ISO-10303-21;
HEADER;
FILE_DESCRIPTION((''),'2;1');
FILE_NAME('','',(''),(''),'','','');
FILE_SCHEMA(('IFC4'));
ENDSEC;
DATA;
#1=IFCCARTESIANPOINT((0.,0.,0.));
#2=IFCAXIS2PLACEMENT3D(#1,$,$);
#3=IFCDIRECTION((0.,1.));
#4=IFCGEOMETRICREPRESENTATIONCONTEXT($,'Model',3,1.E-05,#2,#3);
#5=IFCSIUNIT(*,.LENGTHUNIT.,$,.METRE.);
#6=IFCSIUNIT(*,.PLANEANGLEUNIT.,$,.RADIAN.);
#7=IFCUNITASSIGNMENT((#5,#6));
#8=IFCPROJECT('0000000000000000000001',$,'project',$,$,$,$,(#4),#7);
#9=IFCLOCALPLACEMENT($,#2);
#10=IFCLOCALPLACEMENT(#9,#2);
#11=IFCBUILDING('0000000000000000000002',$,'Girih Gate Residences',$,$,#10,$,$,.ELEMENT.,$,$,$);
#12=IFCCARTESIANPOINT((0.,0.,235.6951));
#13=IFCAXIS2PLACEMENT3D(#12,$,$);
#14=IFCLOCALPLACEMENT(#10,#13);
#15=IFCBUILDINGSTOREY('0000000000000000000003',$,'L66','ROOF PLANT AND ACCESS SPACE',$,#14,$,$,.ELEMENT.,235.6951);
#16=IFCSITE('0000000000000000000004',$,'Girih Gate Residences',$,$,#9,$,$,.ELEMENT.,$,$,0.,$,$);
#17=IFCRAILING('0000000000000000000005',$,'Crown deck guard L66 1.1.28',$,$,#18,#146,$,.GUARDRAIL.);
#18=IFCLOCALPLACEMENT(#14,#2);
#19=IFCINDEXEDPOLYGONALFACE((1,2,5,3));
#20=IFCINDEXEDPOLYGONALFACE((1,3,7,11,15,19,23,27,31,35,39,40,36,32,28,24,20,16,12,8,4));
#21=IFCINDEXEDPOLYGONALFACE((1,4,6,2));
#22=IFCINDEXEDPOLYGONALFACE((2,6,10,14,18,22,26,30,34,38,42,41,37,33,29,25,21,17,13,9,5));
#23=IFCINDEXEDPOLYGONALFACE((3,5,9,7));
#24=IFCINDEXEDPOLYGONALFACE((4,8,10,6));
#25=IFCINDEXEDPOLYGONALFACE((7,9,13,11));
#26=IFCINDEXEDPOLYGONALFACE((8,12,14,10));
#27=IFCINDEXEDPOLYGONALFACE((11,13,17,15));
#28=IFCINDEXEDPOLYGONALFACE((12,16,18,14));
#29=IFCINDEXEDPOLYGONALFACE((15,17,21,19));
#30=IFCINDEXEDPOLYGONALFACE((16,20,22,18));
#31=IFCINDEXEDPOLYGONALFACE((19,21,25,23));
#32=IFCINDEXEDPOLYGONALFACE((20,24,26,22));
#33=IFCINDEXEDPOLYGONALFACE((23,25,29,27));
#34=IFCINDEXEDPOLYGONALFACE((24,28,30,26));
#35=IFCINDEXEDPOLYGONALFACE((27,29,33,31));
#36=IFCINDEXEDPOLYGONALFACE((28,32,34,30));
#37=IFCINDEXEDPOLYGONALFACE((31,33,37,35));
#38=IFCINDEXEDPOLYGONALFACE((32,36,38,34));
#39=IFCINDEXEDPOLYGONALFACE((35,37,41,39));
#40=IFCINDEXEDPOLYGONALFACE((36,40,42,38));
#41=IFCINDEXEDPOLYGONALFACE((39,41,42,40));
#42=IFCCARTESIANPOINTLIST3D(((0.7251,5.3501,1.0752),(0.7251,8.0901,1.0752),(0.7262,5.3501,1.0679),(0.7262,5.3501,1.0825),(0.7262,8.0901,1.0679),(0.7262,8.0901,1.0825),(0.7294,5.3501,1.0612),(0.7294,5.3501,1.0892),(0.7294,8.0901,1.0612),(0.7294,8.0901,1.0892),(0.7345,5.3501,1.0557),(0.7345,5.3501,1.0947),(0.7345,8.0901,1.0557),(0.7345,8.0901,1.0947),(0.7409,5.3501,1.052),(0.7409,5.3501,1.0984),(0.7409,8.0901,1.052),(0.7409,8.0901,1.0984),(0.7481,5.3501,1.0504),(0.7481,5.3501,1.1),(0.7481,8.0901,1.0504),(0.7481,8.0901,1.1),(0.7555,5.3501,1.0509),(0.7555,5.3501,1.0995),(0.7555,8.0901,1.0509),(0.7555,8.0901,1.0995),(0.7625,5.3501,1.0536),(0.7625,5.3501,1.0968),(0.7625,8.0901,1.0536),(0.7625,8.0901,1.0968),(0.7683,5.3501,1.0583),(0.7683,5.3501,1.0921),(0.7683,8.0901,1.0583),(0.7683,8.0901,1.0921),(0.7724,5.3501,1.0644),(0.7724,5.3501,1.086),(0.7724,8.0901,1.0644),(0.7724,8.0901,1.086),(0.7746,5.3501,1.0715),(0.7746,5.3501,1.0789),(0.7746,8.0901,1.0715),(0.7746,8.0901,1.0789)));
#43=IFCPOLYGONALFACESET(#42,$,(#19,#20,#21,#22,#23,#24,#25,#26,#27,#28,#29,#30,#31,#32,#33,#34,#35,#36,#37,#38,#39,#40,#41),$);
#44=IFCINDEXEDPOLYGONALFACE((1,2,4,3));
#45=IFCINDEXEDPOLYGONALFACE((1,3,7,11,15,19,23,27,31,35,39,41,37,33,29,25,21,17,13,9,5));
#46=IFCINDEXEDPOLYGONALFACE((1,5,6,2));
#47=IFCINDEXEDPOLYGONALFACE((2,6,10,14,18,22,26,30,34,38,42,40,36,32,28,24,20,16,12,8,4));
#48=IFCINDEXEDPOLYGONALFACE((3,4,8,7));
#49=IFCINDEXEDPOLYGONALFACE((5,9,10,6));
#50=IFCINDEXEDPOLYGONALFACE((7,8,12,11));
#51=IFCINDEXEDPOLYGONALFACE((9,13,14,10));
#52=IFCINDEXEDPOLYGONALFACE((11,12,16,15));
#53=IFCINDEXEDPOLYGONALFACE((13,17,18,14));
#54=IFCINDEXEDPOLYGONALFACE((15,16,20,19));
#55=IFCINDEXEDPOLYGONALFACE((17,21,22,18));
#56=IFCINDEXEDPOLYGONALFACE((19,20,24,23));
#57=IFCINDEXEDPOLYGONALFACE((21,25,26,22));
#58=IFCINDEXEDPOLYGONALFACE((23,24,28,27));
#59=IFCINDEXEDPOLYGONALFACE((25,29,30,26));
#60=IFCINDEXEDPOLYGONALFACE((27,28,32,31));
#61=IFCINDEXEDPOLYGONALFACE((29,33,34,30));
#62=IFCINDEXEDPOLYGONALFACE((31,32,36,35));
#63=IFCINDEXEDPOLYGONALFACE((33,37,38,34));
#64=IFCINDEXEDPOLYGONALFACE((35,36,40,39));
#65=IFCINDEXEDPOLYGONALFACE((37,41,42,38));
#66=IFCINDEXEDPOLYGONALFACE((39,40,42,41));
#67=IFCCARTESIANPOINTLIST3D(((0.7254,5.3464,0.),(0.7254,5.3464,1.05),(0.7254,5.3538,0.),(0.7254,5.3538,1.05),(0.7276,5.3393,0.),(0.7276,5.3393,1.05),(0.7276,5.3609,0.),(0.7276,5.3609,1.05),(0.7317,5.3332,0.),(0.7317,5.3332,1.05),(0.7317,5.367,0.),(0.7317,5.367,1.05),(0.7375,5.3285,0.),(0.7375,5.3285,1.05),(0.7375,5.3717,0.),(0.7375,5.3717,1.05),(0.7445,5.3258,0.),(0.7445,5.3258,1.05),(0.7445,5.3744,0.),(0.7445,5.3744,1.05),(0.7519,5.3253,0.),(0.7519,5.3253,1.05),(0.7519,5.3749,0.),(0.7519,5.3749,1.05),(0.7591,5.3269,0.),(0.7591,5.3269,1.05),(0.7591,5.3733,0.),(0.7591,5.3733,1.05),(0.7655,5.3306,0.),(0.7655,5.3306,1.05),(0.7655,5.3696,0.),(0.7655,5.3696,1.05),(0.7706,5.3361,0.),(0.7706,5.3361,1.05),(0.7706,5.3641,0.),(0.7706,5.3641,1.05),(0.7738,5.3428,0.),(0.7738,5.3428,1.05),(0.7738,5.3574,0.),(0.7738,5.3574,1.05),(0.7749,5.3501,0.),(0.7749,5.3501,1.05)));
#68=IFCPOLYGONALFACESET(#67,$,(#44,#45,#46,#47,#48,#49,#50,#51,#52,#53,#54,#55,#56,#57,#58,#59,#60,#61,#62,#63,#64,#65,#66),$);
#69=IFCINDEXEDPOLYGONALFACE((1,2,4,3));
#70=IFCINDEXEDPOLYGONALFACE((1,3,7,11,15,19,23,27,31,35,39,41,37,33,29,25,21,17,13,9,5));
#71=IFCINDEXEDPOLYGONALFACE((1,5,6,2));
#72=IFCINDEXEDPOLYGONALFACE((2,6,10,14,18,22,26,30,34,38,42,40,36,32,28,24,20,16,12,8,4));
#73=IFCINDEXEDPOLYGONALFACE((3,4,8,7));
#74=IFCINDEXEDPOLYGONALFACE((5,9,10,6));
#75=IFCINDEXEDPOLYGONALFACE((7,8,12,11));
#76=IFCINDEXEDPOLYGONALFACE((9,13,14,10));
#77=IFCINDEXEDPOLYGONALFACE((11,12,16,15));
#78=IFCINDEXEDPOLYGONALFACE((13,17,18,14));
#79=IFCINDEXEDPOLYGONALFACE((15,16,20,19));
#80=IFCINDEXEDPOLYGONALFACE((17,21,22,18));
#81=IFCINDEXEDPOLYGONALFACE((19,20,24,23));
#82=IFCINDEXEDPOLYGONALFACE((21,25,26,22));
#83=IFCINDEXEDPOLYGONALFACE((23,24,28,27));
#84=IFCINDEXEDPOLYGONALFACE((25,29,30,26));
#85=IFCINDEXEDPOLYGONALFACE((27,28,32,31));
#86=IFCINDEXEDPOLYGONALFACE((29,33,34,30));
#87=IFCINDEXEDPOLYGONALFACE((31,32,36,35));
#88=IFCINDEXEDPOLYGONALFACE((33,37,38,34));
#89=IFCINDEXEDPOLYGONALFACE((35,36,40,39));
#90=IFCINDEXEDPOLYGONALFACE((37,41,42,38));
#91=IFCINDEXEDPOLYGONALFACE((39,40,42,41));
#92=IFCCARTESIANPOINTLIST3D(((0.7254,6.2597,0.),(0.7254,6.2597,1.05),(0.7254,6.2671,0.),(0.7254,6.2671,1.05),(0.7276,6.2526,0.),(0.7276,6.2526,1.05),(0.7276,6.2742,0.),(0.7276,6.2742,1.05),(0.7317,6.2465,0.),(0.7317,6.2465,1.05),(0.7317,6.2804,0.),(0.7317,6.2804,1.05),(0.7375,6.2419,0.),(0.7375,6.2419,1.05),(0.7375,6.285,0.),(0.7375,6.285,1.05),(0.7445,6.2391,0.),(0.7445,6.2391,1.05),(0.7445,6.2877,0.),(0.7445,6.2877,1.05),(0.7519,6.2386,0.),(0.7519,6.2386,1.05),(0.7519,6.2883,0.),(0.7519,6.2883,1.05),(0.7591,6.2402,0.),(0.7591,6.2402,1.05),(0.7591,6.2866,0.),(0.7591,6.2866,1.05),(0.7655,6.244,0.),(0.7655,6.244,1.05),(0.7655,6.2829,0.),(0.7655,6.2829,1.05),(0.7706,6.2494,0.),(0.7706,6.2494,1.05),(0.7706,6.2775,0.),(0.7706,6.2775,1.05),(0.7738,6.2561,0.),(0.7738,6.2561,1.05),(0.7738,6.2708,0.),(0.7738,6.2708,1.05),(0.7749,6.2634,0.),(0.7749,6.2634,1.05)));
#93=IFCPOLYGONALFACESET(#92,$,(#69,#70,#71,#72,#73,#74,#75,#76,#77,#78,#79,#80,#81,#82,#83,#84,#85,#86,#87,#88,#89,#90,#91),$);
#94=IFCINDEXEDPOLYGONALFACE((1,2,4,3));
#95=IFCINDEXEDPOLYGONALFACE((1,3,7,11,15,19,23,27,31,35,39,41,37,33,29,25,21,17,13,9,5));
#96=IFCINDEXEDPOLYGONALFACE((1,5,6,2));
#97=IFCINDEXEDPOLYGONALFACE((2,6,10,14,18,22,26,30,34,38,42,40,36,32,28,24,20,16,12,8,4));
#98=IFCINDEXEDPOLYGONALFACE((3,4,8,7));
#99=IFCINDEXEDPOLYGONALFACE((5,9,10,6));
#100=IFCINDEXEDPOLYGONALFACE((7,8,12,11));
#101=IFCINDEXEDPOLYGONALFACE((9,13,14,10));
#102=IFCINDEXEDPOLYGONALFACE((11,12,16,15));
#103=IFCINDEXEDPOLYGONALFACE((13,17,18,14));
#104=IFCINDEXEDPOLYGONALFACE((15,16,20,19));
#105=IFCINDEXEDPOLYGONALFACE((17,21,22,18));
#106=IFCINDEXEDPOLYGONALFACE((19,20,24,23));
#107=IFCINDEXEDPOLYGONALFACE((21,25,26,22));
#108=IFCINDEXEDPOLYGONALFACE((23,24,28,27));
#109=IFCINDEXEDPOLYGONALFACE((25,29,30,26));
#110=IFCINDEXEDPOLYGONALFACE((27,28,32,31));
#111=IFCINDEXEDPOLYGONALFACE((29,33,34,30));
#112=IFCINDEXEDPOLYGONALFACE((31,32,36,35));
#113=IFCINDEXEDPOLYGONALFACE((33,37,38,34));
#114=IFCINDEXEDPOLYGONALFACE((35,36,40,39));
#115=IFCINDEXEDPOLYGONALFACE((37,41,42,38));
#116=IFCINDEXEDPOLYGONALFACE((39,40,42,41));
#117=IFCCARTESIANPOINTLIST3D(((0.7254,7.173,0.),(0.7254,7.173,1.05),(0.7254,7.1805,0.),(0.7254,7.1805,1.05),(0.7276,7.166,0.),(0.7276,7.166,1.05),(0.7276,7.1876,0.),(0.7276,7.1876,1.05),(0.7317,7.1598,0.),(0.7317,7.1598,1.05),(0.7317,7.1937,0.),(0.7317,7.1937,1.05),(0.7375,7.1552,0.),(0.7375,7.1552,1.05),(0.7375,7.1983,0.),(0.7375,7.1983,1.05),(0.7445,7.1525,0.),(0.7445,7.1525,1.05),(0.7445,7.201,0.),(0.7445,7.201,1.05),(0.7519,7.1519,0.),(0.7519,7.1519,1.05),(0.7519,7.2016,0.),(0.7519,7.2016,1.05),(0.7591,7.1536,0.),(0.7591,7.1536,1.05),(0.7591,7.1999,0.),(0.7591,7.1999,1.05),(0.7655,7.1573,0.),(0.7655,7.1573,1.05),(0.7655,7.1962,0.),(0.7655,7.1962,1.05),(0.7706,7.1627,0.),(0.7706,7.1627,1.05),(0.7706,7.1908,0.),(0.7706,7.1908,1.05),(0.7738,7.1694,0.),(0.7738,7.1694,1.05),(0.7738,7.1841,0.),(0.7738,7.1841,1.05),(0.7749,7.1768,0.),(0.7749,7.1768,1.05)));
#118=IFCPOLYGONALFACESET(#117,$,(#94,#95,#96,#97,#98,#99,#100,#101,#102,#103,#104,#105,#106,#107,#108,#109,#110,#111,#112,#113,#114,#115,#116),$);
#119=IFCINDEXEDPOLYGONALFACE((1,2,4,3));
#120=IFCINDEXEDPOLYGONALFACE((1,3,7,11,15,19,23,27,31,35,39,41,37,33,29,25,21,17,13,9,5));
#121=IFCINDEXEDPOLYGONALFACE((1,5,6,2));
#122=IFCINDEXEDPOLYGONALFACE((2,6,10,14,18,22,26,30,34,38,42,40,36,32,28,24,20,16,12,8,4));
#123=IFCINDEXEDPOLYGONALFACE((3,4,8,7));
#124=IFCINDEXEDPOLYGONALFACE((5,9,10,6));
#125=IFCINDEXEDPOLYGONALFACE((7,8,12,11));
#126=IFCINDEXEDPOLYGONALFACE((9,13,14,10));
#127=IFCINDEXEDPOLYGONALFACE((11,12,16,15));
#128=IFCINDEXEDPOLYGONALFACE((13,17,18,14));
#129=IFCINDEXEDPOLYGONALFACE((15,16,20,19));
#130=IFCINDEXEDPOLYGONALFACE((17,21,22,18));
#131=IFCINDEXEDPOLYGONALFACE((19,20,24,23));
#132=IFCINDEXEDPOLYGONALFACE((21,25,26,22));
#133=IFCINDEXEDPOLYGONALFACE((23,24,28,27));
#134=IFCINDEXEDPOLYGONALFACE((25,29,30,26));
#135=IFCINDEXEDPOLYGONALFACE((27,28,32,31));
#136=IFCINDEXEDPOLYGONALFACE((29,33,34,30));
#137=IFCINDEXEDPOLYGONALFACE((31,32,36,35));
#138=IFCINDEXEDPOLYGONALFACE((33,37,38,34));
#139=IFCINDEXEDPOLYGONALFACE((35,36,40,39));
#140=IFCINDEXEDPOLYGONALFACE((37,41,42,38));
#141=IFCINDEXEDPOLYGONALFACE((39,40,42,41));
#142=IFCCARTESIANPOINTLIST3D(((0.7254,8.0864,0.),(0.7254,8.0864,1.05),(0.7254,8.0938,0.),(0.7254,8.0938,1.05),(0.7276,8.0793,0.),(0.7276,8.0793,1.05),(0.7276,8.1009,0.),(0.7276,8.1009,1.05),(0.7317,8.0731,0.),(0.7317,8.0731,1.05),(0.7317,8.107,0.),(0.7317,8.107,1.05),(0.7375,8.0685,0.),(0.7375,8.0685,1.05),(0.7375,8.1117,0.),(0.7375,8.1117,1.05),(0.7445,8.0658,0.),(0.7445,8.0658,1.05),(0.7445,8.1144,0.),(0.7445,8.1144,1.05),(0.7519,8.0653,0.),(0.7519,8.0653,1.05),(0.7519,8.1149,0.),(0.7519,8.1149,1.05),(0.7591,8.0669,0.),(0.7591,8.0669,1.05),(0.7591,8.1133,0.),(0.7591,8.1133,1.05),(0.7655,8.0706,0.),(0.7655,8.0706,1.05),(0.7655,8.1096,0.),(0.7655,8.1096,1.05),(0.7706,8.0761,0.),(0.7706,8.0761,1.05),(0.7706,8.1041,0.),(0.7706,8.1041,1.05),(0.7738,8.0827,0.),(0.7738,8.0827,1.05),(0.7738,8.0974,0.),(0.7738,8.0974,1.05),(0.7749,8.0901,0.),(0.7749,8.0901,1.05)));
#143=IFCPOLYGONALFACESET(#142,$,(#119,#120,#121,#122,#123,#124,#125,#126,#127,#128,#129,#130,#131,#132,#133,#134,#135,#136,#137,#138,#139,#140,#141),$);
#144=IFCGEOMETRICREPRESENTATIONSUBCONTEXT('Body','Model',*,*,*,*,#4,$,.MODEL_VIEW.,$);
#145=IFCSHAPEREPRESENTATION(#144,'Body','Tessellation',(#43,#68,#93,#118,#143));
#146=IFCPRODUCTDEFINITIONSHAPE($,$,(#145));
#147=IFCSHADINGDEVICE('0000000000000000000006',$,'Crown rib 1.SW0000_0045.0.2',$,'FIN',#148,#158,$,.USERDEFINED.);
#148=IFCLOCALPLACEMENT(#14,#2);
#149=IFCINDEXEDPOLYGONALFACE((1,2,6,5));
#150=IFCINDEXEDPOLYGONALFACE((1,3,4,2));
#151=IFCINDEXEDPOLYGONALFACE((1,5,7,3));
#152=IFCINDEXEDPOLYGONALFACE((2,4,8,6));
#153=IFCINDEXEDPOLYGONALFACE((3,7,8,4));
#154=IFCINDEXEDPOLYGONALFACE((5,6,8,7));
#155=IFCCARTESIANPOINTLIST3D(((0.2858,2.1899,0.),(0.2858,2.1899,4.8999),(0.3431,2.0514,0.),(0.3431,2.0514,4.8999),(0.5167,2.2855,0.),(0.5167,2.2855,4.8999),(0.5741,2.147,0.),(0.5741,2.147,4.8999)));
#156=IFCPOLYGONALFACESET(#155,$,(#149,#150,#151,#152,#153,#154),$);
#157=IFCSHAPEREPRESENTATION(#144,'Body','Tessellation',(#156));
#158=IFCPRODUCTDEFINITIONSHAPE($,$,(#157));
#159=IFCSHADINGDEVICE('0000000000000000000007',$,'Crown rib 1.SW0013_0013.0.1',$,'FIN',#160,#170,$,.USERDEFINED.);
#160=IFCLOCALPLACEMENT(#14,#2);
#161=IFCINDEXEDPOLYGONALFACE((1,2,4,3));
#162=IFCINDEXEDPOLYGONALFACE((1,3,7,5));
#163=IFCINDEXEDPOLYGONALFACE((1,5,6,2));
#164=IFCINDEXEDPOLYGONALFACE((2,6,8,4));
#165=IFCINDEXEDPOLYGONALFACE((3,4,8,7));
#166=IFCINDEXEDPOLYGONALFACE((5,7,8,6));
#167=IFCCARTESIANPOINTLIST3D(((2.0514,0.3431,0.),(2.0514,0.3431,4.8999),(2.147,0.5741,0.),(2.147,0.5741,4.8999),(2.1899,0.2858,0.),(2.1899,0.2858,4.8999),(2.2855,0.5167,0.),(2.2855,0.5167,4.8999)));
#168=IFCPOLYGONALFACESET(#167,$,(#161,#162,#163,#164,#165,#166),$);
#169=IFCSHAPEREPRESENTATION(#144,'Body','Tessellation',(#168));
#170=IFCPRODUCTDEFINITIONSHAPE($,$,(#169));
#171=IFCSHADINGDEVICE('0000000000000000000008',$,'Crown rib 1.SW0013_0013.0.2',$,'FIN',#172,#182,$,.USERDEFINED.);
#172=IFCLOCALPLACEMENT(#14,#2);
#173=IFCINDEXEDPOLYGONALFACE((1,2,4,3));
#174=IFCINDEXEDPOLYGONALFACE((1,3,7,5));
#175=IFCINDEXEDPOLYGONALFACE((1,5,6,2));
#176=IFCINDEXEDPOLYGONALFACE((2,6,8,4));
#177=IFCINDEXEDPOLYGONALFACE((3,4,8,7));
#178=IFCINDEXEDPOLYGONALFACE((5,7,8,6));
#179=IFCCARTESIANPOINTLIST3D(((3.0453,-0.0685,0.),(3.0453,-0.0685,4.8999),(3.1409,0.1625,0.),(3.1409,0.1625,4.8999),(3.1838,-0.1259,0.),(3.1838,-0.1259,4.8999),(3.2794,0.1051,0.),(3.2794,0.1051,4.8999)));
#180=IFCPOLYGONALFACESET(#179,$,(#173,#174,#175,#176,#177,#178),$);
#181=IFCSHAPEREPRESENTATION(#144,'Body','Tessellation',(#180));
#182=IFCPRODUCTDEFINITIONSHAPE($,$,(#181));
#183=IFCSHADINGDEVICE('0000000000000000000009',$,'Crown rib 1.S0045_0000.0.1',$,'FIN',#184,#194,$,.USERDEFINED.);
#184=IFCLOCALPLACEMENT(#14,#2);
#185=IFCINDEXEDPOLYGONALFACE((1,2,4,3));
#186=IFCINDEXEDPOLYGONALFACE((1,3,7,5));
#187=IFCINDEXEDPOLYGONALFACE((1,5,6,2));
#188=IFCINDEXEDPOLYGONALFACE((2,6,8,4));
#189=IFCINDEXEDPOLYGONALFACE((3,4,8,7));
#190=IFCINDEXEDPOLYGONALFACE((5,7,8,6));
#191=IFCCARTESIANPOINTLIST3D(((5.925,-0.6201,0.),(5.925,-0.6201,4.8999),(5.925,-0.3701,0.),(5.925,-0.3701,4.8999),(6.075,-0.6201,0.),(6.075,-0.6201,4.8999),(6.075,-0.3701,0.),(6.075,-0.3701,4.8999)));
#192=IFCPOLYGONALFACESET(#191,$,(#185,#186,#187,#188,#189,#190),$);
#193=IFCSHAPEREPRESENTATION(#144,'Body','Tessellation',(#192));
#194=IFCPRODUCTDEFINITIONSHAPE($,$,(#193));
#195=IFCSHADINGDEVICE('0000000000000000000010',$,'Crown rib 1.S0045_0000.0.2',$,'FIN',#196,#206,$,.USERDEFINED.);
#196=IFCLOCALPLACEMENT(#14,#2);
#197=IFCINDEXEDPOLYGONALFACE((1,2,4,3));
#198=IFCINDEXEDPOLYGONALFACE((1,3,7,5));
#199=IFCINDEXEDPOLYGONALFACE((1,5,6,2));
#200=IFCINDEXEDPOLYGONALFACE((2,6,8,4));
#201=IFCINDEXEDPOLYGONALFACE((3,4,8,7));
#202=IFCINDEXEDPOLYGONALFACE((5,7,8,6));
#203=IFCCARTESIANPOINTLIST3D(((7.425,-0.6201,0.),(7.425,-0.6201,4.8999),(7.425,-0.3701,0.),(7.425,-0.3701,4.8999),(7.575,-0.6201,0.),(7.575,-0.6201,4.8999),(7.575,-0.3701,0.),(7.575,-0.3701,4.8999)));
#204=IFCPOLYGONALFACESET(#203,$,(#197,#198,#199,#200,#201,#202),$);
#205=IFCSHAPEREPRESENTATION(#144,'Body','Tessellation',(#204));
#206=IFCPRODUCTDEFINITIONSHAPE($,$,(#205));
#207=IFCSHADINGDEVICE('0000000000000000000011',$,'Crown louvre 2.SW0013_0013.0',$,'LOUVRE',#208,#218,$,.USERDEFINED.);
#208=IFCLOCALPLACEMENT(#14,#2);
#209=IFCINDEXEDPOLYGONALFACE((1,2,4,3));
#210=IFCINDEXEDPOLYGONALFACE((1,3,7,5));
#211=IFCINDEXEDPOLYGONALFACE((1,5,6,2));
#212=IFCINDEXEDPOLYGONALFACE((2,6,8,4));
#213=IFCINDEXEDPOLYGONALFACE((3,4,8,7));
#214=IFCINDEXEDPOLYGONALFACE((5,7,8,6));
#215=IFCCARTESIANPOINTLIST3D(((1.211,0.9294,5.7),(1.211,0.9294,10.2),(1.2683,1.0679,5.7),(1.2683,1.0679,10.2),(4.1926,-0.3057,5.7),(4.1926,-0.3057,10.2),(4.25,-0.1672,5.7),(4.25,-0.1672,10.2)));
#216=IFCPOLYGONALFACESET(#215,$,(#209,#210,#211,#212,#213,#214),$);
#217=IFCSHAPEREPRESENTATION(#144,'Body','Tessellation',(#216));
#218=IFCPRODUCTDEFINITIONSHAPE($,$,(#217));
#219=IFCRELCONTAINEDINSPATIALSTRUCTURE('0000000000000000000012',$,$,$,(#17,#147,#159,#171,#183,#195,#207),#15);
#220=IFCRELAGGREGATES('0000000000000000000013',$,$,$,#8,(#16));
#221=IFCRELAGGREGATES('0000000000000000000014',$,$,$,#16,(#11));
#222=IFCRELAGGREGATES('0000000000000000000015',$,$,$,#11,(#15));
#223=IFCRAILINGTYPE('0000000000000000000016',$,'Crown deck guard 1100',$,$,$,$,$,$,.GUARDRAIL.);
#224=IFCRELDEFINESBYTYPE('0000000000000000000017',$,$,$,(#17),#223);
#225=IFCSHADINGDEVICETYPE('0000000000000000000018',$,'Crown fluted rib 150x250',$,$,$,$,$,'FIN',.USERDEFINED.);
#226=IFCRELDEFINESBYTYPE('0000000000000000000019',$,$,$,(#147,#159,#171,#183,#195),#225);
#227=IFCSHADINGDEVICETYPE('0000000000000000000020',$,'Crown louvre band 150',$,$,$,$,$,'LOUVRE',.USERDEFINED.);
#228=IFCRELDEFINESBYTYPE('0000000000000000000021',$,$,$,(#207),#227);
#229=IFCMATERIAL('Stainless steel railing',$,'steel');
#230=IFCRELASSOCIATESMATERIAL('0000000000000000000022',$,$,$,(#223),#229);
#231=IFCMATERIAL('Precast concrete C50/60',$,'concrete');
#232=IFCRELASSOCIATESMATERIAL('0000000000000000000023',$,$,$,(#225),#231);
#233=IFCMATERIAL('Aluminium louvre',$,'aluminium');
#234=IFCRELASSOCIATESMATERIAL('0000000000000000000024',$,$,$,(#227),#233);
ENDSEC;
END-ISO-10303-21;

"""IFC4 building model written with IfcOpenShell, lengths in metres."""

from ifc_helpers import new_model, si_unit, direction, frame, origin, origin_2d, place, context, subcontext, project, spatial, rectangle, circle, extrude, material, type_object, element, save


model = new_model("IFC4")

# Units and contexts
model_context = context("Model", 3, precision=1e-05, world=origin(), true_north=direction((0.0, 1.0)))
body_context = subcontext(model_context, "Body", "Model", "MODEL_VIEW")
ifc_project = project(units=[si_unit("LENGTHUNIT", "METRE"), si_unit("PLANEANGLEUNIT", "RADIAN")], contexts=[model_context])

# Site, building, storey
site_placement = place(None, origin())
site = spatial("IfcSite", under=ifc_project, at=site_placement, Name="Girih Gate Residences", CompositionType="ELEMENT", RefElevation=0.0)
building_placement = place(site_placement, origin())
building = spatial("IfcBuilding", under=site, at=building_placement, Name="Girih Gate Residences", CompositionType="ELEMENT")
storey_placement = place(building_placement, frame((0.0, 0.0, 235.6951)))
storey = spatial("IfcBuildingStorey", under=building, at=storey_placement, Name="L66", Description="ROOF PLANT AND ACCESS SPACE", CompositionType="ELEMENT", Elevation=235.6951)

# Railing
ifc_material_1 = material(Name="Stainless steel railing", Category="steel")
railing_type = type_object("IfcRailingType", Name="Crown deck guard 1100", PredefinedType="GUARDRAIL", material=ifc_material_1)
railing_1_placement = place(storey_placement, frame((0.75, 5.3501, 0.0)))
element("IfcRailing", 1, at=railing_1_placement, inside=storey, type_object=railing_type, Name="Crown deck guard L66 1.1.28", PredefinedType="GUARDRAIL", context=body_context, shape_type="SweptSolid", body=[
    extrude(circle(Radius=0.0249, at=origin_2d()), frame((0.0, 0.0, 1.0752), z_axis=(0.0, 1.0, 0.0), x_axis=(-1.0, 0.0, 0.0)), (0.0, 0.0, 1.0), 2.74),
    extrude(circle(Radius=0.0249, at=origin_2d()), origin(), (0.0, 0.0, 1.0), 1.05),
    extrude(circle(Radius=0.0249, at=origin_2d()), frame((0.0, 0.9133, 0.0)), (0.0, 0.0, 1.0), 1.05),
    extrude(circle(Radius=0.0249, at=origin_2d()), frame((0.0, 1.8267, 0.0)), (0.0, 0.0, 1.0), 1.05),
    extrude(circle(Radius=0.0249, at=origin_2d()), frame((0.0, 2.74, 0.0)), (0.0, 0.0, 1.0), 1.05),
])

# Shading devices
ifc_material_2 = material(Name="Precast concrete C50/60", Category="concrete")
shading_device_type_1 = type_object("IfcShadingDeviceType", Name="Crown fluted rib 150x250", ElementType="FIN", PredefinedType="USERDEFINED", material=ifc_material_2)
for number, where, z_axis, x_axis, name in (
    (2, (0.4299, 2.1685, 0.0), (0.0, 0.0, 1.0), (0.382683, -0.92388, 0.0), "Crown rib 1.SW0000_0045.0.2"),
    (3, (2.1685, 0.4299, 0.0), (0.0, 0.0, 1.0), (0.92388, -0.382683, 0.0), "Crown rib 1.SW0013_0013.0.1"),
    (4, (3.1624, 0.0183, 0.0), (0.0, 0.0, 1.0), (0.92388, -0.382683, 0.0), "Crown rib 1.SW0013_0013.0.2"),
    (5, (6.0, -0.4951, 0.0), (0.0, 0.0, 1.0), (1.0, 0.0, 0.0), "Crown rib 1.S0045_0000.0.1"),
    (6, (7.5, -0.4951, 0.0), (0.0, 0.0, 1.0), (1.0, 0.0, 0.0), "Crown rib 1.S0045_0000.0.2"),
):
    element("IfcShadingDevice", number, at=place(storey_placement, frame(where, z_axis=z_axis, x_axis=x_axis)), inside=storey, type_object=shading_device_type_1, Name=name, ObjectType="FIN", PredefinedType="USERDEFINED", context=body_context, shape_type="SweptSolid", body=[
        extrude(rectangle(XDim=0.1499, YDim=0.25, at=origin_2d()), origin(), (0.0, 0.0, 1.0), 4.8999),
    ])
ifc_material_3 = material(Name="Aluminium louvre", Category="aluminium")
shading_device_type_2 = type_object("IfcShadingDeviceType", Name="Crown louvre band 150", ElementType="LOUVRE", PredefinedType="USERDEFINED", material=ifc_material_3)
shading_device_1_placement = place(storey_placement, frame((2.7305, 0.3811, 5.7), z_axis=(0.0, 0.0, 1.0), x_axis=(0.92388, -0.382683, 0.0)))
element("IfcShadingDevice", 7, at=shading_device_1_placement, inside=storey, type_object=shading_device_type_2, Name="Crown louvre 2.SW0013_0013.0", ObjectType="LOUVRE", PredefinedType="USERDEFINED", context=body_context, shape_type="SweptSolid", body=[
    extrude(rectangle(XDim=3.2273, YDim=0.1499, at=origin_2d()), origin(), (0.0, 0.0, 1.0), 4.5),
])

save(model, "model.ifc")
